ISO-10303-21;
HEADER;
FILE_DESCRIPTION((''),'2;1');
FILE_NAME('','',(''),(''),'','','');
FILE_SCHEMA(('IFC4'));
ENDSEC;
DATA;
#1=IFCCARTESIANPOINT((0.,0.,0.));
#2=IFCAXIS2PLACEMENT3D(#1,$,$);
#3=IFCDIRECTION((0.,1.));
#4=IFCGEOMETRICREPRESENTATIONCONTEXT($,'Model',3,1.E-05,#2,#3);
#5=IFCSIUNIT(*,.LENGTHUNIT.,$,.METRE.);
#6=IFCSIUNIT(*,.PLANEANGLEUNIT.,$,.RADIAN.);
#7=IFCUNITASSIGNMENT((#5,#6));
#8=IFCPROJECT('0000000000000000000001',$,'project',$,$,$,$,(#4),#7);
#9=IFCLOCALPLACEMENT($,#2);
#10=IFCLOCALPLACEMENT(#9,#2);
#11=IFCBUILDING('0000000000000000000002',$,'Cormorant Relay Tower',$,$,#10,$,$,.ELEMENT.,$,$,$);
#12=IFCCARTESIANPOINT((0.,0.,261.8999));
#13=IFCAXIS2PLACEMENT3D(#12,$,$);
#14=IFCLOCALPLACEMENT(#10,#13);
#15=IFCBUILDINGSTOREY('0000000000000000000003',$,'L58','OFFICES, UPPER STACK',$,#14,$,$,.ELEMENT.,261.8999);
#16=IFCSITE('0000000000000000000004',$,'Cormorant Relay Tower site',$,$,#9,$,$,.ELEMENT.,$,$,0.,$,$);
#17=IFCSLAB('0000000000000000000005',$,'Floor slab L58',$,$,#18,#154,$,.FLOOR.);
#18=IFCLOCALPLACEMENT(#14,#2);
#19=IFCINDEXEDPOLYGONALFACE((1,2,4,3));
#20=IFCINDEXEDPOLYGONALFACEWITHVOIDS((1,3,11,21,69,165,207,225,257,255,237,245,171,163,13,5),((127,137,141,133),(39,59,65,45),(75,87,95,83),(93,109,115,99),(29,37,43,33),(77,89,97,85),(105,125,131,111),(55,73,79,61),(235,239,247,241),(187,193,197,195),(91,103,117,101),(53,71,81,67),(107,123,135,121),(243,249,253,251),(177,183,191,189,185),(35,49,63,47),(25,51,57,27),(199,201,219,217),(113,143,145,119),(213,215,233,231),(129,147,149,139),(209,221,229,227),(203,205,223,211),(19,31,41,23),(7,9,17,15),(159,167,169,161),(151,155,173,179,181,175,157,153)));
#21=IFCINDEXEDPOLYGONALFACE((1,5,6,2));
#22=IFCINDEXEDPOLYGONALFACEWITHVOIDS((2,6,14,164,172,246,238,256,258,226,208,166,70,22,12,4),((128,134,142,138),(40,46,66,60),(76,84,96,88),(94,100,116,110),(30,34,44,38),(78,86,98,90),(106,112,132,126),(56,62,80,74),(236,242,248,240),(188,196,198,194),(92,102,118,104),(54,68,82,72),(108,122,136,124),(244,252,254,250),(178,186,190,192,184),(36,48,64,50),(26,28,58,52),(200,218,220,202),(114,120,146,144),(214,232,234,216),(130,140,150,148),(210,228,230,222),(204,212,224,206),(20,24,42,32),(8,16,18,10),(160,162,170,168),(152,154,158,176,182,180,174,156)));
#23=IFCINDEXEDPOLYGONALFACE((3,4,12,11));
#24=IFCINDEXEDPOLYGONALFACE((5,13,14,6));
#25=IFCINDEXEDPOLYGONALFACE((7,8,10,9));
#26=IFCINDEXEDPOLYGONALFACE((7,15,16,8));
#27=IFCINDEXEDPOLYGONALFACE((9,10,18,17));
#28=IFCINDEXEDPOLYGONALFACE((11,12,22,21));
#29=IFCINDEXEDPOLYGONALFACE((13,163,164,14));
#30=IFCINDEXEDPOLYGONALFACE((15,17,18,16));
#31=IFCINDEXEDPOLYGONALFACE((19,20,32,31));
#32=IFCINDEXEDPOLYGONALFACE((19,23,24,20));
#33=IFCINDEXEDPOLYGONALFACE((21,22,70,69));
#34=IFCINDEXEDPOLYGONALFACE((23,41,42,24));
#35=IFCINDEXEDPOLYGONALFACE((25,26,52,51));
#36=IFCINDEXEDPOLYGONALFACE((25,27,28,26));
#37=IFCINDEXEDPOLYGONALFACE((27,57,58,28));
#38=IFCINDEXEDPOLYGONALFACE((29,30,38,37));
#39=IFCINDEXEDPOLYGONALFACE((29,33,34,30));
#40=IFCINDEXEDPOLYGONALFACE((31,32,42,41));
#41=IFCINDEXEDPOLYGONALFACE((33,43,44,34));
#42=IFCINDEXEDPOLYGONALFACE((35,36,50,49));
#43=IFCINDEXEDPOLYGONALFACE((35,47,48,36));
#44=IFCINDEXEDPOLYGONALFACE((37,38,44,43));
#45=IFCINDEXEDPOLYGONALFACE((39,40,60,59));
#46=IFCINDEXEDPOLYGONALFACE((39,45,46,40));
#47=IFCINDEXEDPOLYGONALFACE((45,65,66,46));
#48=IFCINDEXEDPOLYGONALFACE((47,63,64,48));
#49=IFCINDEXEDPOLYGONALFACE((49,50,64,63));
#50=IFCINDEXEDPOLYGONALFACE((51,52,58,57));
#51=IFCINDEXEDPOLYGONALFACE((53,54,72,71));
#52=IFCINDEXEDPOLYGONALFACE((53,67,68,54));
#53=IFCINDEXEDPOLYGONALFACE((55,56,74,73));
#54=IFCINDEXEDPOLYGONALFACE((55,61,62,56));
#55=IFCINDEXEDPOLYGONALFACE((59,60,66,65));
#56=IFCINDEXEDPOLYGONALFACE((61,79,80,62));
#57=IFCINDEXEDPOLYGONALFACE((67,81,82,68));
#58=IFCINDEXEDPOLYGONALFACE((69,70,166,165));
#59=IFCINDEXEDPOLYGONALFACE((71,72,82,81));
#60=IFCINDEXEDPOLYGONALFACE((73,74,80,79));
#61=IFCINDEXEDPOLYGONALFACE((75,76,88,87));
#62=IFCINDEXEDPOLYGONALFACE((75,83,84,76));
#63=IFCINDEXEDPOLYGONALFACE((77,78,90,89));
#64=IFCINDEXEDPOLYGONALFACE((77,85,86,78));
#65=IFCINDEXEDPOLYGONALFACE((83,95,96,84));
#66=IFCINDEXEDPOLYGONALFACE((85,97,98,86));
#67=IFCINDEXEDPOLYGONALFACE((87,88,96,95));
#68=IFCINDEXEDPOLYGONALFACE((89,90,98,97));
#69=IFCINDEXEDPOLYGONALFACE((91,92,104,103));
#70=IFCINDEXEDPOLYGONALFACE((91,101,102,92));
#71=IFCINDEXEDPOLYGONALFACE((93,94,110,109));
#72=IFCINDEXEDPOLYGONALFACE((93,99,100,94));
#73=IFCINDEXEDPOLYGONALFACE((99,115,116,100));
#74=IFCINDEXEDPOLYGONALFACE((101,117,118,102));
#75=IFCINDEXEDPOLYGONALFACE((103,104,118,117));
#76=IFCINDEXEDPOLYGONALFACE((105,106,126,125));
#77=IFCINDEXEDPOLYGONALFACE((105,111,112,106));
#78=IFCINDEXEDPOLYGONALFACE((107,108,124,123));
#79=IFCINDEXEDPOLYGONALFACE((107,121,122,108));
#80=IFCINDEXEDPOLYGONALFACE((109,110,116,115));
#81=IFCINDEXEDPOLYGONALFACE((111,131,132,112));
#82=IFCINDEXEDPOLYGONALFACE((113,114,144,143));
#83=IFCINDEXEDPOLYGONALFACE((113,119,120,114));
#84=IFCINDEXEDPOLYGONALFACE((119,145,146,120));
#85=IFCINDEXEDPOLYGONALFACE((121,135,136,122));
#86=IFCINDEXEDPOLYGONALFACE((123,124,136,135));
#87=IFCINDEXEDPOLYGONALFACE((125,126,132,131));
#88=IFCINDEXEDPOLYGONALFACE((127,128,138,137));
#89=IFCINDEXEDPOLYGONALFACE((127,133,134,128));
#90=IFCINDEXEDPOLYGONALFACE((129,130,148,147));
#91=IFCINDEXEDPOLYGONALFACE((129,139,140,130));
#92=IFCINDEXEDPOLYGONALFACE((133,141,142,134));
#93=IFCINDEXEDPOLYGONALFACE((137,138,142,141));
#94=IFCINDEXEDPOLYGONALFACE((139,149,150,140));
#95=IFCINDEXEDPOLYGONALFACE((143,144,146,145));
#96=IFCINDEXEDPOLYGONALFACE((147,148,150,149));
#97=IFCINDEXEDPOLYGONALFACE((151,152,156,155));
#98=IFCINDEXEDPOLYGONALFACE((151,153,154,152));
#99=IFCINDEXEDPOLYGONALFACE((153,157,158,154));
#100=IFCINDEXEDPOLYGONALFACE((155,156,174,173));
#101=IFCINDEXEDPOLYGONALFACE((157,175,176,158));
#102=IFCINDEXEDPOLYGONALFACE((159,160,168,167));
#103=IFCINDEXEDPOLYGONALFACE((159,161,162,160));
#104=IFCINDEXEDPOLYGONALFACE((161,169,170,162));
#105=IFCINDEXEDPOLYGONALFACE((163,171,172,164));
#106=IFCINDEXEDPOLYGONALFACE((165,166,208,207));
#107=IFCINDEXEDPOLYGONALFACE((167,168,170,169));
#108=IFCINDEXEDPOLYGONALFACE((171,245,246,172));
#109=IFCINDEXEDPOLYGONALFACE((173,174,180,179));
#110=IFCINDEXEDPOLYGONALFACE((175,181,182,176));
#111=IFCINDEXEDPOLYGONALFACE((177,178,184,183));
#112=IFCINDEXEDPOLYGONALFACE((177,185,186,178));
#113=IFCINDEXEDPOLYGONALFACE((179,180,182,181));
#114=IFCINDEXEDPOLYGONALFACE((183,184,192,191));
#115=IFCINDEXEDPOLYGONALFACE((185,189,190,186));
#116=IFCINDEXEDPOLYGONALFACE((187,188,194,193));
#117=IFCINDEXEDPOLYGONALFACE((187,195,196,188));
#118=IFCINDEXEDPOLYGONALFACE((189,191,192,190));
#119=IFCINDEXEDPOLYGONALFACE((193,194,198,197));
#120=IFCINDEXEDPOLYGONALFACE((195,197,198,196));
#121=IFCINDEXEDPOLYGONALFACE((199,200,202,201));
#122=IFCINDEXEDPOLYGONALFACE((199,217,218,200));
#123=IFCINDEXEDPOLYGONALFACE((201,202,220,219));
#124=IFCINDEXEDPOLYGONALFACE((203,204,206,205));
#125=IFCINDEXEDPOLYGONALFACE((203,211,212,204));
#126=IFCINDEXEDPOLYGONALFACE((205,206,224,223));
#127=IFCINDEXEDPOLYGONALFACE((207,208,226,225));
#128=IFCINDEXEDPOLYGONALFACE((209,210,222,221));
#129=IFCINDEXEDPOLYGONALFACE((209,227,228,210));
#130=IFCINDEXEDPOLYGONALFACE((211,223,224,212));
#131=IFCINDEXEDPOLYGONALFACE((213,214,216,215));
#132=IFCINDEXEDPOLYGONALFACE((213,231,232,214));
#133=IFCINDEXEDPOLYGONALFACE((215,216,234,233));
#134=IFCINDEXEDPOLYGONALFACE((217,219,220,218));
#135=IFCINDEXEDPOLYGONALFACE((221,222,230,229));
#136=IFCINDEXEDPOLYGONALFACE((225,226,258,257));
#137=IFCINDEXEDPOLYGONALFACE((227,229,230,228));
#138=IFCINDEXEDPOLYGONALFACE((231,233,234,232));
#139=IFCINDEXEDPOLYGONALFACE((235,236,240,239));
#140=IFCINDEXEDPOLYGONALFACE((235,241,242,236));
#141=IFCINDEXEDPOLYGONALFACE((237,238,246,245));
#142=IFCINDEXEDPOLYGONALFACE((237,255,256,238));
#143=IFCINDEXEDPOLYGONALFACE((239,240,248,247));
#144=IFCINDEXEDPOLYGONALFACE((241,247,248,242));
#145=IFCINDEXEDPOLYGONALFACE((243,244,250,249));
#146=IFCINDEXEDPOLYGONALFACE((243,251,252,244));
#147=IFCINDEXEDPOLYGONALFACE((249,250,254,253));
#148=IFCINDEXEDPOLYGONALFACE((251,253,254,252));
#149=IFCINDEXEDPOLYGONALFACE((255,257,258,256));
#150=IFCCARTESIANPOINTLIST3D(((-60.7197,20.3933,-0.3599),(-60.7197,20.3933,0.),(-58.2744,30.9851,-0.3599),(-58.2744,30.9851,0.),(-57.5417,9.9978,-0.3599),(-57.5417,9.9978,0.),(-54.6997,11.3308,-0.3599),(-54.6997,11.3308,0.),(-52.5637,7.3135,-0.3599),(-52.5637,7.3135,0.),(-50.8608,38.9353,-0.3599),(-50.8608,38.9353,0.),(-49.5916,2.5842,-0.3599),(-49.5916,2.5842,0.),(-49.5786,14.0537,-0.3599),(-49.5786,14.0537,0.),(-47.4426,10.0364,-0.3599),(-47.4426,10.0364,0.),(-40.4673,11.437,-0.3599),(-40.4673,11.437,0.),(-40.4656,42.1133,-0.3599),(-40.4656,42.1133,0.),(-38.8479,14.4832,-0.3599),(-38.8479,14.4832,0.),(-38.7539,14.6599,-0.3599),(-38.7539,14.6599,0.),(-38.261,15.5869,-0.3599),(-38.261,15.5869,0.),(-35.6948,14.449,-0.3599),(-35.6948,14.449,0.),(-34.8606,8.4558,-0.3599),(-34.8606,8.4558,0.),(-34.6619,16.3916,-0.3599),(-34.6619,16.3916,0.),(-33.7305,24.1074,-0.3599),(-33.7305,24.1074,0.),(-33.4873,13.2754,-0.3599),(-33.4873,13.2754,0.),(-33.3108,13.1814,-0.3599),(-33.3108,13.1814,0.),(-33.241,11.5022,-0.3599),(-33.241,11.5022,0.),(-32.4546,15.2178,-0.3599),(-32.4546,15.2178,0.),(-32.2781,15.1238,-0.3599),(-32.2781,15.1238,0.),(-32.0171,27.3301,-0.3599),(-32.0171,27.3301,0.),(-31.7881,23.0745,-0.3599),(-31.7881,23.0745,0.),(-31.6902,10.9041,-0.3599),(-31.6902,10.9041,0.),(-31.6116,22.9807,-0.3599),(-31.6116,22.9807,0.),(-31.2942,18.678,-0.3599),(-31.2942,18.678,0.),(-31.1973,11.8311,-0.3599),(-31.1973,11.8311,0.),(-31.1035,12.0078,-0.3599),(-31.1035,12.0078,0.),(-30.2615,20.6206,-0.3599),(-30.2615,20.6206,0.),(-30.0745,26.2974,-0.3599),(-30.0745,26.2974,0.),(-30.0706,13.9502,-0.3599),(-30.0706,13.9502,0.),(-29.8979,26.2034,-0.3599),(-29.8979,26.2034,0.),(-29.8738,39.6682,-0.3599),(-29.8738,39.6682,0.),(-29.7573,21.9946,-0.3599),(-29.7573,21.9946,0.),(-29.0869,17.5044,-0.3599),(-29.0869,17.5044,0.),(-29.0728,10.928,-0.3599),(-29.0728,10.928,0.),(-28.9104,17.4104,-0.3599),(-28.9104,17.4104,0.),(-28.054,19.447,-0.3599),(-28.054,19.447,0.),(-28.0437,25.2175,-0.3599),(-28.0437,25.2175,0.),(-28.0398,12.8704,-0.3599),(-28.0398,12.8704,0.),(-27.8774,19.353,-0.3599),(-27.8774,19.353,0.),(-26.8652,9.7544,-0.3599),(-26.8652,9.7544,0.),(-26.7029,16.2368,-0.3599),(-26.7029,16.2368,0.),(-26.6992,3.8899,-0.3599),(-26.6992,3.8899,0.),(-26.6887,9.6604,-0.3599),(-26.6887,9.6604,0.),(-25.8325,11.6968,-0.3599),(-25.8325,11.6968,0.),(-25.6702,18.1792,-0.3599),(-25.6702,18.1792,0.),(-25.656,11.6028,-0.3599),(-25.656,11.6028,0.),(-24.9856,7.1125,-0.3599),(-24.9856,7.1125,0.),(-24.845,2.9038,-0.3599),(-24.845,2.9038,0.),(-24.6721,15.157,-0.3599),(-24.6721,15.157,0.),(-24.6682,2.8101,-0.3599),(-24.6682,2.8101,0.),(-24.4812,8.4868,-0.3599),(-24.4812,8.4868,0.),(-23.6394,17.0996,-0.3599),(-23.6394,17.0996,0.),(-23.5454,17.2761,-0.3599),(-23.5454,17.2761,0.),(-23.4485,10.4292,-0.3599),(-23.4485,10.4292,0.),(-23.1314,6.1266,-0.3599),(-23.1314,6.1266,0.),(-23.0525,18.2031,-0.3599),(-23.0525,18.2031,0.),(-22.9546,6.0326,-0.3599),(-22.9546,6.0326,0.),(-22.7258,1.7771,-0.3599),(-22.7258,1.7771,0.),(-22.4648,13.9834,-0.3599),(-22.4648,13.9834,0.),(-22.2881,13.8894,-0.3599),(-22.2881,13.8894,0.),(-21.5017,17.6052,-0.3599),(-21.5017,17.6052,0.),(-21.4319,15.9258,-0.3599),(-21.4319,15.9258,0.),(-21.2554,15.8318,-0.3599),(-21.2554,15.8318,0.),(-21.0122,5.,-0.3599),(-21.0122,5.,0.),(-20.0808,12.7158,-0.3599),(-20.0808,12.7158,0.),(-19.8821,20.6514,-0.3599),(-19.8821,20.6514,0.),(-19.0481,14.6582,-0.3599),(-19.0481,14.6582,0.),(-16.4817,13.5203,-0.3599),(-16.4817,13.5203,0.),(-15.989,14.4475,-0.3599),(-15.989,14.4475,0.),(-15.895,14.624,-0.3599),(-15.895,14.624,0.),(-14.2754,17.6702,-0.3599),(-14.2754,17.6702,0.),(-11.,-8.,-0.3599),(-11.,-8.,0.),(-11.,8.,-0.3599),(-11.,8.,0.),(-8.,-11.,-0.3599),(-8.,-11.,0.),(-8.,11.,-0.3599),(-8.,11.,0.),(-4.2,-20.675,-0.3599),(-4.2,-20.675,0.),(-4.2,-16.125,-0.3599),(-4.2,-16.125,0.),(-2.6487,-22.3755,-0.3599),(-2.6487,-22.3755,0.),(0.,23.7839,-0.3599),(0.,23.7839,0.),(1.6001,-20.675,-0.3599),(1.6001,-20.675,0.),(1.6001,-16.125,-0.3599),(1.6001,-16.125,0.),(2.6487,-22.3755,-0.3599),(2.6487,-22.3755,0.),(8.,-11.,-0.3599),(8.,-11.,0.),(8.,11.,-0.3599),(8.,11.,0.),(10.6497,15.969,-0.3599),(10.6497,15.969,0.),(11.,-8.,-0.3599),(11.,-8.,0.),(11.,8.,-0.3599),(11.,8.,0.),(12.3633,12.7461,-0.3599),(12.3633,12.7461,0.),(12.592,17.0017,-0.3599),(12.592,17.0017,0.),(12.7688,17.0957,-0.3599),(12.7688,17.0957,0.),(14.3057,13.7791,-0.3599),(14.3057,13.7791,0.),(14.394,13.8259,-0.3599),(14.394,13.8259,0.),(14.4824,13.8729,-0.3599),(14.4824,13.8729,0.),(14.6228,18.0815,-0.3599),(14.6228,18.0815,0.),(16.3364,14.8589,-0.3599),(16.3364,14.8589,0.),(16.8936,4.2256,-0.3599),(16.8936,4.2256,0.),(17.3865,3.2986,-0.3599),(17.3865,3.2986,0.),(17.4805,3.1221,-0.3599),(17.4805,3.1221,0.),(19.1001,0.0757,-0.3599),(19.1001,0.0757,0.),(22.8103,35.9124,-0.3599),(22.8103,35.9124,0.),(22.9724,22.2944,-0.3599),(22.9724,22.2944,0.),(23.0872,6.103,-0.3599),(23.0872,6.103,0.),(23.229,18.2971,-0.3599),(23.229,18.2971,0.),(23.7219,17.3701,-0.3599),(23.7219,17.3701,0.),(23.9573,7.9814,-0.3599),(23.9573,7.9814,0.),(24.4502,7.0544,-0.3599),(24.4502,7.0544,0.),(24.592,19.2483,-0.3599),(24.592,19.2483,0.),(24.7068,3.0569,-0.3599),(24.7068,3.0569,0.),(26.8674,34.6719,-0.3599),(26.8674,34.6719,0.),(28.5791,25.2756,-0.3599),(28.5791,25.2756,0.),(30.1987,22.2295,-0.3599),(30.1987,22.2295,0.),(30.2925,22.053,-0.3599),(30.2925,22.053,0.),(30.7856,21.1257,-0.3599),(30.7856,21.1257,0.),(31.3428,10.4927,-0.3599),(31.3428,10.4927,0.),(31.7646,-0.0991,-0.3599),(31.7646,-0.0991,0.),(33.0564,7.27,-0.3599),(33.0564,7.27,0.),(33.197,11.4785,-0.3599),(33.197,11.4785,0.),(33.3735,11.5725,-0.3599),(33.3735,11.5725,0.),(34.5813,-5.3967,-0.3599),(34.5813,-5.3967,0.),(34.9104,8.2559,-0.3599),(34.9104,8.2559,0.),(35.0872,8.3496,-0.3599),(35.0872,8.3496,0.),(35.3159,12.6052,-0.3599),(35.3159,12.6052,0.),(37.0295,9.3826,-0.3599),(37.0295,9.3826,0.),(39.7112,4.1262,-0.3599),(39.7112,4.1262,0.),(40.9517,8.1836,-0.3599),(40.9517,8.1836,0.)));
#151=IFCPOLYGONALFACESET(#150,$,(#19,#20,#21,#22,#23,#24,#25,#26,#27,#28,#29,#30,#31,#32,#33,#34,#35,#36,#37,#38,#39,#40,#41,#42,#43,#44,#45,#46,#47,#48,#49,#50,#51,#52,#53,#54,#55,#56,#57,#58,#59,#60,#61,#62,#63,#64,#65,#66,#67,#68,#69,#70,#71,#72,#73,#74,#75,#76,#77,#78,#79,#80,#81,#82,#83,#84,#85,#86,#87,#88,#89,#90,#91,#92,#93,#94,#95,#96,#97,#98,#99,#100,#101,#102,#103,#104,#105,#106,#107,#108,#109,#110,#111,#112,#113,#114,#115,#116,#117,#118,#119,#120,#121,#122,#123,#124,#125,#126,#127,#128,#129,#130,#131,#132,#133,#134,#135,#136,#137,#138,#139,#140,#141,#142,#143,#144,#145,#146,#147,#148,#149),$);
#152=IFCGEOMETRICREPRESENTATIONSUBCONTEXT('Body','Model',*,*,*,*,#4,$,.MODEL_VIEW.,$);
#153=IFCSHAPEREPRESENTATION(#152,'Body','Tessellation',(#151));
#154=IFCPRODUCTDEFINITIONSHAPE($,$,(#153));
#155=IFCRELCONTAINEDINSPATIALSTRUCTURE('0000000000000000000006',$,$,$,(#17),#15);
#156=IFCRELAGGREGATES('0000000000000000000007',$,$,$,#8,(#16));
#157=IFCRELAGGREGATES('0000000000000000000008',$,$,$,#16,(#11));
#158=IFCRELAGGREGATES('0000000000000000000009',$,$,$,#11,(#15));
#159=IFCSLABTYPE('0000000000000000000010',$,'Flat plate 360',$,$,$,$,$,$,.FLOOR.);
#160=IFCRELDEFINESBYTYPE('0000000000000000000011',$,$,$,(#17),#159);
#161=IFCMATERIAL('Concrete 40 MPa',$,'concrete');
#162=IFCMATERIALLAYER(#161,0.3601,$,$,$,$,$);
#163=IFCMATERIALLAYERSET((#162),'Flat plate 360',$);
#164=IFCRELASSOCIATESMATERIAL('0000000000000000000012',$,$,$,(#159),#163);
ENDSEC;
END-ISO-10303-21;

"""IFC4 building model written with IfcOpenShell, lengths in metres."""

from ifc_helpers import new_model, si_unit, direction, frame, origin, place, context, subcontext, project, spatial, polyline, outline, extrude, material, layer, layer_set, type_object, element, save


model = new_model("IFC4")

# Units and contexts
model_context = context("Model", 3, precision=1e-05, world=origin(), true_north=direction((0.0, 1.0)))
body_context = subcontext(model_context, "Body", "Model", "MODEL_VIEW")
ifc_project = project(units=[si_unit("LENGTHUNIT", "METRE"), si_unit("PLANEANGLEUNIT", "RADIAN")], contexts=[model_context])

# Site, building, storey
site_placement = place(None, origin())
site = spatial("IfcSite", under=ifc_project, at=site_placement, Name="Cormorant Relay Tower site", CompositionType="ELEMENT", RefElevation=0.0)
building_placement = place(site_placement, origin())
building = spatial("IfcBuilding", under=site, at=building_placement, Name="Cormorant Relay Tower", CompositionType="ELEMENT")
storey_placement = place(building_placement, frame((0.0, 0.0, 261.8999)))
storey = spatial("IfcBuildingStorey", under=building, at=storey_placement, Name="L58", Description="OFFICES, UPPER STACK", CompositionType="ELEMENT", Elevation=261.8999)

# Slab
ifc_material_1 = material(Name="Concrete 40 MPa", Category="concrete")
ifc_layer_1 = layer(ifc_material_1, 0.3601)
ifc_layer_set_1 = layer_set([ifc_layer_1], Name="Flat plate 360")
slab_type_1 = type_object("IfcSlabType", Name="Flat plate 360", PredefinedType="FLOOR", material=ifc_layer_set_1)
slab_1_placement = place(storey_placement, frame((0.0, 0.0, -0.3599)))
element("IfcSlab", 1, at=slab_1_placement, inside=storey, type_object=slab_type_1, Name="Floor slab L58", PredefinedType="FLOOR", context=body_context, shape_type="SweptSolid", body=[
    extrude(outline(polyline([(-60.7197, 20.3933), (-58.2744, 30.9851), (-50.8608, 38.9353), (-40.4656, 42.1133), (-29.8738, 39.6682), (0.0, 23.7839), (22.8103, 35.9124), (26.8674, 34.6719), (40.9517, 8.1836), (39.7112, 4.1262), (31.7646, -0.0991), (34.5813, -5.3967), (2.6487, -22.3755), (-2.6487, -22.3755), (-49.5916, 2.5842), (-57.5417, 9.9978), (-60.7197, 20.3933)]), holes=[polyline([(11.0, -8.0), (11.0, 8.0), (8.0, 11.0), (-8.0, 11.0), (-11.0, 8.0), (-11.0, -8.0), (-8.0, -11.0), (8.0, -11.0), (11.0, -8.0)]), polyline([(-24.9856, 7.1125), (-26.6992, 3.8899), (-24.845, 2.9038), (-23.1313, 6.1267), (-23.043, 6.0796), (-24.9856, 7.1125)]), polyline([(-22.9546, 6.0327), (-24.6682, 2.8101), (-22.7258, 1.7771), (-21.0122, 5.0), (-23.043, 6.0796), (-22.9546, 6.0327)]), polyline([(-25.656, 11.6028), (-26.6887, 9.6604), (-24.4812, 8.4868), (-23.4485, 10.4292), (-25.656, 11.6028)]), polyline([(-49.5786, 14.0537), (-54.6997, 11.3308), (-52.5637, 7.3135), (-47.4426, 10.0364), (-49.5786, 14.0537)]), polyline([(-26.8652, 9.7544), (-25.8325, 11.6968), (-28.0398, 12.8704), (-29.0728, 10.928), (-26.8652, 9.7544)]), polyline([(-33.241, 11.5022), (-38.8479, 14.4832), (-40.4673, 11.437), (-34.8606, 8.4558), (-33.241, 11.5022)]), polyline([(-38.261, 15.5869), (-38.7539, 14.6599), (-31.6902, 10.9041), (-31.1973, 11.8311), (-38.261, 15.5869)]), polyline([(-31.1035, 12.0078), (-30.0706, 13.9502), (-32.2781, 15.1238), (-33.3108, 13.1814), (-31.1035, 12.0078)]), polyline([(-34.6619, 16.3916), (-35.6948, 14.449), (-33.4873, 13.2754), (-32.4546, 15.2178), (-34.6619, 16.3916)]), polyline([(-24.6721, 15.157), (-22.4648, 13.9834), (-21.4319, 15.9258), (-23.6394, 17.0996), (-24.6721, 15.157)]), polyline([(-27.8774, 19.353), (-28.9104, 17.4104), (-26.7029, 16.2368), (-25.6702, 18.1792), (-27.8774, 19.353)]), polyline([(-29.0869, 17.5044), (-28.054, 19.447), (-30.2615, 20.6206), (-31.2942, 18.678), (-29.0869, 17.5044)]), polyline([(-31.6116, 22.9807), (-29.7573, 21.9946), (-28.0437, 25.2175), (-29.8979, 26.2034), (-31.6116, 22.9807)]), polyline([(-32.0171, 27.3301), (-33.7305, 24.1074), (-31.7881, 23.0745), (-30.0745, 26.2974), (-32.0171, 27.3301)]), polyline([(-4.2, -16.125), (-4.2, -20.675), (1.6001, -20.675), (1.6001, -16.125), (-4.2, -16.125)]), polyline([(23.0872, 6.103), (17.4805, 3.1221), (19.1001, 0.0757), (24.7068, 3.0569), (23.0872, 6.103)]), polyline([(17.3865, 3.2986), (24.4502, 7.0544), (23.9573, 7.9814), (16.8936, 4.2256), (17.3865, 3.2986)]), polyline([(33.197, 11.4785), (31.3428, 10.4927), (33.0564, 7.27), (34.9104, 8.2559), (33.197, 11.4785)]), polyline([(33.3735, 11.5725), (35.0872, 8.3496), (37.0295, 9.3826), (35.3159, 12.6052), (33.3735, 11.5725)]), polyline([(-20.0808, 12.7158), (-19.0481, 14.6582), (-21.2554, 15.8318), (-22.2881, 13.8894), (-20.0808, 12.7158)]), polyline([(14.3057, 13.7791), (12.592, 17.0017), (10.6497, 15.969), (12.3633, 12.7461), (14.394, 13.8259), (14.3057, 13.7791)]), polyline([(16.3364, 14.8589), (14.6228, 18.0815), (12.7688, 17.0957), (14.4824, 13.8728), (14.394, 13.8259), (16.3364, 14.8589)]), polyline([(-16.4817, 13.5203), (-15.989, 14.4475), (-23.0525, 18.2031), (-23.5454, 17.2761), (-16.4817, 13.5203)]), polyline([(-21.5017, 17.6052), (-15.895, 14.624), (-14.2754, 17.6702), (-19.8821, 20.6514), (-21.5017, 17.6052)]), polyline([(30.7856, 21.1257), (30.2925, 22.053), (23.229, 18.2971), (23.7219, 17.3701), (30.7856, 21.1257)]), polyline([(24.592, 19.2483), (30.1987, 22.2295), (28.5791, 25.2756), (22.9724, 22.2944), (24.592, 19.2483)])]), origin(), (0.0, 0.0, 1.0), 0.3599),
])

save(model, "model.ifc")
